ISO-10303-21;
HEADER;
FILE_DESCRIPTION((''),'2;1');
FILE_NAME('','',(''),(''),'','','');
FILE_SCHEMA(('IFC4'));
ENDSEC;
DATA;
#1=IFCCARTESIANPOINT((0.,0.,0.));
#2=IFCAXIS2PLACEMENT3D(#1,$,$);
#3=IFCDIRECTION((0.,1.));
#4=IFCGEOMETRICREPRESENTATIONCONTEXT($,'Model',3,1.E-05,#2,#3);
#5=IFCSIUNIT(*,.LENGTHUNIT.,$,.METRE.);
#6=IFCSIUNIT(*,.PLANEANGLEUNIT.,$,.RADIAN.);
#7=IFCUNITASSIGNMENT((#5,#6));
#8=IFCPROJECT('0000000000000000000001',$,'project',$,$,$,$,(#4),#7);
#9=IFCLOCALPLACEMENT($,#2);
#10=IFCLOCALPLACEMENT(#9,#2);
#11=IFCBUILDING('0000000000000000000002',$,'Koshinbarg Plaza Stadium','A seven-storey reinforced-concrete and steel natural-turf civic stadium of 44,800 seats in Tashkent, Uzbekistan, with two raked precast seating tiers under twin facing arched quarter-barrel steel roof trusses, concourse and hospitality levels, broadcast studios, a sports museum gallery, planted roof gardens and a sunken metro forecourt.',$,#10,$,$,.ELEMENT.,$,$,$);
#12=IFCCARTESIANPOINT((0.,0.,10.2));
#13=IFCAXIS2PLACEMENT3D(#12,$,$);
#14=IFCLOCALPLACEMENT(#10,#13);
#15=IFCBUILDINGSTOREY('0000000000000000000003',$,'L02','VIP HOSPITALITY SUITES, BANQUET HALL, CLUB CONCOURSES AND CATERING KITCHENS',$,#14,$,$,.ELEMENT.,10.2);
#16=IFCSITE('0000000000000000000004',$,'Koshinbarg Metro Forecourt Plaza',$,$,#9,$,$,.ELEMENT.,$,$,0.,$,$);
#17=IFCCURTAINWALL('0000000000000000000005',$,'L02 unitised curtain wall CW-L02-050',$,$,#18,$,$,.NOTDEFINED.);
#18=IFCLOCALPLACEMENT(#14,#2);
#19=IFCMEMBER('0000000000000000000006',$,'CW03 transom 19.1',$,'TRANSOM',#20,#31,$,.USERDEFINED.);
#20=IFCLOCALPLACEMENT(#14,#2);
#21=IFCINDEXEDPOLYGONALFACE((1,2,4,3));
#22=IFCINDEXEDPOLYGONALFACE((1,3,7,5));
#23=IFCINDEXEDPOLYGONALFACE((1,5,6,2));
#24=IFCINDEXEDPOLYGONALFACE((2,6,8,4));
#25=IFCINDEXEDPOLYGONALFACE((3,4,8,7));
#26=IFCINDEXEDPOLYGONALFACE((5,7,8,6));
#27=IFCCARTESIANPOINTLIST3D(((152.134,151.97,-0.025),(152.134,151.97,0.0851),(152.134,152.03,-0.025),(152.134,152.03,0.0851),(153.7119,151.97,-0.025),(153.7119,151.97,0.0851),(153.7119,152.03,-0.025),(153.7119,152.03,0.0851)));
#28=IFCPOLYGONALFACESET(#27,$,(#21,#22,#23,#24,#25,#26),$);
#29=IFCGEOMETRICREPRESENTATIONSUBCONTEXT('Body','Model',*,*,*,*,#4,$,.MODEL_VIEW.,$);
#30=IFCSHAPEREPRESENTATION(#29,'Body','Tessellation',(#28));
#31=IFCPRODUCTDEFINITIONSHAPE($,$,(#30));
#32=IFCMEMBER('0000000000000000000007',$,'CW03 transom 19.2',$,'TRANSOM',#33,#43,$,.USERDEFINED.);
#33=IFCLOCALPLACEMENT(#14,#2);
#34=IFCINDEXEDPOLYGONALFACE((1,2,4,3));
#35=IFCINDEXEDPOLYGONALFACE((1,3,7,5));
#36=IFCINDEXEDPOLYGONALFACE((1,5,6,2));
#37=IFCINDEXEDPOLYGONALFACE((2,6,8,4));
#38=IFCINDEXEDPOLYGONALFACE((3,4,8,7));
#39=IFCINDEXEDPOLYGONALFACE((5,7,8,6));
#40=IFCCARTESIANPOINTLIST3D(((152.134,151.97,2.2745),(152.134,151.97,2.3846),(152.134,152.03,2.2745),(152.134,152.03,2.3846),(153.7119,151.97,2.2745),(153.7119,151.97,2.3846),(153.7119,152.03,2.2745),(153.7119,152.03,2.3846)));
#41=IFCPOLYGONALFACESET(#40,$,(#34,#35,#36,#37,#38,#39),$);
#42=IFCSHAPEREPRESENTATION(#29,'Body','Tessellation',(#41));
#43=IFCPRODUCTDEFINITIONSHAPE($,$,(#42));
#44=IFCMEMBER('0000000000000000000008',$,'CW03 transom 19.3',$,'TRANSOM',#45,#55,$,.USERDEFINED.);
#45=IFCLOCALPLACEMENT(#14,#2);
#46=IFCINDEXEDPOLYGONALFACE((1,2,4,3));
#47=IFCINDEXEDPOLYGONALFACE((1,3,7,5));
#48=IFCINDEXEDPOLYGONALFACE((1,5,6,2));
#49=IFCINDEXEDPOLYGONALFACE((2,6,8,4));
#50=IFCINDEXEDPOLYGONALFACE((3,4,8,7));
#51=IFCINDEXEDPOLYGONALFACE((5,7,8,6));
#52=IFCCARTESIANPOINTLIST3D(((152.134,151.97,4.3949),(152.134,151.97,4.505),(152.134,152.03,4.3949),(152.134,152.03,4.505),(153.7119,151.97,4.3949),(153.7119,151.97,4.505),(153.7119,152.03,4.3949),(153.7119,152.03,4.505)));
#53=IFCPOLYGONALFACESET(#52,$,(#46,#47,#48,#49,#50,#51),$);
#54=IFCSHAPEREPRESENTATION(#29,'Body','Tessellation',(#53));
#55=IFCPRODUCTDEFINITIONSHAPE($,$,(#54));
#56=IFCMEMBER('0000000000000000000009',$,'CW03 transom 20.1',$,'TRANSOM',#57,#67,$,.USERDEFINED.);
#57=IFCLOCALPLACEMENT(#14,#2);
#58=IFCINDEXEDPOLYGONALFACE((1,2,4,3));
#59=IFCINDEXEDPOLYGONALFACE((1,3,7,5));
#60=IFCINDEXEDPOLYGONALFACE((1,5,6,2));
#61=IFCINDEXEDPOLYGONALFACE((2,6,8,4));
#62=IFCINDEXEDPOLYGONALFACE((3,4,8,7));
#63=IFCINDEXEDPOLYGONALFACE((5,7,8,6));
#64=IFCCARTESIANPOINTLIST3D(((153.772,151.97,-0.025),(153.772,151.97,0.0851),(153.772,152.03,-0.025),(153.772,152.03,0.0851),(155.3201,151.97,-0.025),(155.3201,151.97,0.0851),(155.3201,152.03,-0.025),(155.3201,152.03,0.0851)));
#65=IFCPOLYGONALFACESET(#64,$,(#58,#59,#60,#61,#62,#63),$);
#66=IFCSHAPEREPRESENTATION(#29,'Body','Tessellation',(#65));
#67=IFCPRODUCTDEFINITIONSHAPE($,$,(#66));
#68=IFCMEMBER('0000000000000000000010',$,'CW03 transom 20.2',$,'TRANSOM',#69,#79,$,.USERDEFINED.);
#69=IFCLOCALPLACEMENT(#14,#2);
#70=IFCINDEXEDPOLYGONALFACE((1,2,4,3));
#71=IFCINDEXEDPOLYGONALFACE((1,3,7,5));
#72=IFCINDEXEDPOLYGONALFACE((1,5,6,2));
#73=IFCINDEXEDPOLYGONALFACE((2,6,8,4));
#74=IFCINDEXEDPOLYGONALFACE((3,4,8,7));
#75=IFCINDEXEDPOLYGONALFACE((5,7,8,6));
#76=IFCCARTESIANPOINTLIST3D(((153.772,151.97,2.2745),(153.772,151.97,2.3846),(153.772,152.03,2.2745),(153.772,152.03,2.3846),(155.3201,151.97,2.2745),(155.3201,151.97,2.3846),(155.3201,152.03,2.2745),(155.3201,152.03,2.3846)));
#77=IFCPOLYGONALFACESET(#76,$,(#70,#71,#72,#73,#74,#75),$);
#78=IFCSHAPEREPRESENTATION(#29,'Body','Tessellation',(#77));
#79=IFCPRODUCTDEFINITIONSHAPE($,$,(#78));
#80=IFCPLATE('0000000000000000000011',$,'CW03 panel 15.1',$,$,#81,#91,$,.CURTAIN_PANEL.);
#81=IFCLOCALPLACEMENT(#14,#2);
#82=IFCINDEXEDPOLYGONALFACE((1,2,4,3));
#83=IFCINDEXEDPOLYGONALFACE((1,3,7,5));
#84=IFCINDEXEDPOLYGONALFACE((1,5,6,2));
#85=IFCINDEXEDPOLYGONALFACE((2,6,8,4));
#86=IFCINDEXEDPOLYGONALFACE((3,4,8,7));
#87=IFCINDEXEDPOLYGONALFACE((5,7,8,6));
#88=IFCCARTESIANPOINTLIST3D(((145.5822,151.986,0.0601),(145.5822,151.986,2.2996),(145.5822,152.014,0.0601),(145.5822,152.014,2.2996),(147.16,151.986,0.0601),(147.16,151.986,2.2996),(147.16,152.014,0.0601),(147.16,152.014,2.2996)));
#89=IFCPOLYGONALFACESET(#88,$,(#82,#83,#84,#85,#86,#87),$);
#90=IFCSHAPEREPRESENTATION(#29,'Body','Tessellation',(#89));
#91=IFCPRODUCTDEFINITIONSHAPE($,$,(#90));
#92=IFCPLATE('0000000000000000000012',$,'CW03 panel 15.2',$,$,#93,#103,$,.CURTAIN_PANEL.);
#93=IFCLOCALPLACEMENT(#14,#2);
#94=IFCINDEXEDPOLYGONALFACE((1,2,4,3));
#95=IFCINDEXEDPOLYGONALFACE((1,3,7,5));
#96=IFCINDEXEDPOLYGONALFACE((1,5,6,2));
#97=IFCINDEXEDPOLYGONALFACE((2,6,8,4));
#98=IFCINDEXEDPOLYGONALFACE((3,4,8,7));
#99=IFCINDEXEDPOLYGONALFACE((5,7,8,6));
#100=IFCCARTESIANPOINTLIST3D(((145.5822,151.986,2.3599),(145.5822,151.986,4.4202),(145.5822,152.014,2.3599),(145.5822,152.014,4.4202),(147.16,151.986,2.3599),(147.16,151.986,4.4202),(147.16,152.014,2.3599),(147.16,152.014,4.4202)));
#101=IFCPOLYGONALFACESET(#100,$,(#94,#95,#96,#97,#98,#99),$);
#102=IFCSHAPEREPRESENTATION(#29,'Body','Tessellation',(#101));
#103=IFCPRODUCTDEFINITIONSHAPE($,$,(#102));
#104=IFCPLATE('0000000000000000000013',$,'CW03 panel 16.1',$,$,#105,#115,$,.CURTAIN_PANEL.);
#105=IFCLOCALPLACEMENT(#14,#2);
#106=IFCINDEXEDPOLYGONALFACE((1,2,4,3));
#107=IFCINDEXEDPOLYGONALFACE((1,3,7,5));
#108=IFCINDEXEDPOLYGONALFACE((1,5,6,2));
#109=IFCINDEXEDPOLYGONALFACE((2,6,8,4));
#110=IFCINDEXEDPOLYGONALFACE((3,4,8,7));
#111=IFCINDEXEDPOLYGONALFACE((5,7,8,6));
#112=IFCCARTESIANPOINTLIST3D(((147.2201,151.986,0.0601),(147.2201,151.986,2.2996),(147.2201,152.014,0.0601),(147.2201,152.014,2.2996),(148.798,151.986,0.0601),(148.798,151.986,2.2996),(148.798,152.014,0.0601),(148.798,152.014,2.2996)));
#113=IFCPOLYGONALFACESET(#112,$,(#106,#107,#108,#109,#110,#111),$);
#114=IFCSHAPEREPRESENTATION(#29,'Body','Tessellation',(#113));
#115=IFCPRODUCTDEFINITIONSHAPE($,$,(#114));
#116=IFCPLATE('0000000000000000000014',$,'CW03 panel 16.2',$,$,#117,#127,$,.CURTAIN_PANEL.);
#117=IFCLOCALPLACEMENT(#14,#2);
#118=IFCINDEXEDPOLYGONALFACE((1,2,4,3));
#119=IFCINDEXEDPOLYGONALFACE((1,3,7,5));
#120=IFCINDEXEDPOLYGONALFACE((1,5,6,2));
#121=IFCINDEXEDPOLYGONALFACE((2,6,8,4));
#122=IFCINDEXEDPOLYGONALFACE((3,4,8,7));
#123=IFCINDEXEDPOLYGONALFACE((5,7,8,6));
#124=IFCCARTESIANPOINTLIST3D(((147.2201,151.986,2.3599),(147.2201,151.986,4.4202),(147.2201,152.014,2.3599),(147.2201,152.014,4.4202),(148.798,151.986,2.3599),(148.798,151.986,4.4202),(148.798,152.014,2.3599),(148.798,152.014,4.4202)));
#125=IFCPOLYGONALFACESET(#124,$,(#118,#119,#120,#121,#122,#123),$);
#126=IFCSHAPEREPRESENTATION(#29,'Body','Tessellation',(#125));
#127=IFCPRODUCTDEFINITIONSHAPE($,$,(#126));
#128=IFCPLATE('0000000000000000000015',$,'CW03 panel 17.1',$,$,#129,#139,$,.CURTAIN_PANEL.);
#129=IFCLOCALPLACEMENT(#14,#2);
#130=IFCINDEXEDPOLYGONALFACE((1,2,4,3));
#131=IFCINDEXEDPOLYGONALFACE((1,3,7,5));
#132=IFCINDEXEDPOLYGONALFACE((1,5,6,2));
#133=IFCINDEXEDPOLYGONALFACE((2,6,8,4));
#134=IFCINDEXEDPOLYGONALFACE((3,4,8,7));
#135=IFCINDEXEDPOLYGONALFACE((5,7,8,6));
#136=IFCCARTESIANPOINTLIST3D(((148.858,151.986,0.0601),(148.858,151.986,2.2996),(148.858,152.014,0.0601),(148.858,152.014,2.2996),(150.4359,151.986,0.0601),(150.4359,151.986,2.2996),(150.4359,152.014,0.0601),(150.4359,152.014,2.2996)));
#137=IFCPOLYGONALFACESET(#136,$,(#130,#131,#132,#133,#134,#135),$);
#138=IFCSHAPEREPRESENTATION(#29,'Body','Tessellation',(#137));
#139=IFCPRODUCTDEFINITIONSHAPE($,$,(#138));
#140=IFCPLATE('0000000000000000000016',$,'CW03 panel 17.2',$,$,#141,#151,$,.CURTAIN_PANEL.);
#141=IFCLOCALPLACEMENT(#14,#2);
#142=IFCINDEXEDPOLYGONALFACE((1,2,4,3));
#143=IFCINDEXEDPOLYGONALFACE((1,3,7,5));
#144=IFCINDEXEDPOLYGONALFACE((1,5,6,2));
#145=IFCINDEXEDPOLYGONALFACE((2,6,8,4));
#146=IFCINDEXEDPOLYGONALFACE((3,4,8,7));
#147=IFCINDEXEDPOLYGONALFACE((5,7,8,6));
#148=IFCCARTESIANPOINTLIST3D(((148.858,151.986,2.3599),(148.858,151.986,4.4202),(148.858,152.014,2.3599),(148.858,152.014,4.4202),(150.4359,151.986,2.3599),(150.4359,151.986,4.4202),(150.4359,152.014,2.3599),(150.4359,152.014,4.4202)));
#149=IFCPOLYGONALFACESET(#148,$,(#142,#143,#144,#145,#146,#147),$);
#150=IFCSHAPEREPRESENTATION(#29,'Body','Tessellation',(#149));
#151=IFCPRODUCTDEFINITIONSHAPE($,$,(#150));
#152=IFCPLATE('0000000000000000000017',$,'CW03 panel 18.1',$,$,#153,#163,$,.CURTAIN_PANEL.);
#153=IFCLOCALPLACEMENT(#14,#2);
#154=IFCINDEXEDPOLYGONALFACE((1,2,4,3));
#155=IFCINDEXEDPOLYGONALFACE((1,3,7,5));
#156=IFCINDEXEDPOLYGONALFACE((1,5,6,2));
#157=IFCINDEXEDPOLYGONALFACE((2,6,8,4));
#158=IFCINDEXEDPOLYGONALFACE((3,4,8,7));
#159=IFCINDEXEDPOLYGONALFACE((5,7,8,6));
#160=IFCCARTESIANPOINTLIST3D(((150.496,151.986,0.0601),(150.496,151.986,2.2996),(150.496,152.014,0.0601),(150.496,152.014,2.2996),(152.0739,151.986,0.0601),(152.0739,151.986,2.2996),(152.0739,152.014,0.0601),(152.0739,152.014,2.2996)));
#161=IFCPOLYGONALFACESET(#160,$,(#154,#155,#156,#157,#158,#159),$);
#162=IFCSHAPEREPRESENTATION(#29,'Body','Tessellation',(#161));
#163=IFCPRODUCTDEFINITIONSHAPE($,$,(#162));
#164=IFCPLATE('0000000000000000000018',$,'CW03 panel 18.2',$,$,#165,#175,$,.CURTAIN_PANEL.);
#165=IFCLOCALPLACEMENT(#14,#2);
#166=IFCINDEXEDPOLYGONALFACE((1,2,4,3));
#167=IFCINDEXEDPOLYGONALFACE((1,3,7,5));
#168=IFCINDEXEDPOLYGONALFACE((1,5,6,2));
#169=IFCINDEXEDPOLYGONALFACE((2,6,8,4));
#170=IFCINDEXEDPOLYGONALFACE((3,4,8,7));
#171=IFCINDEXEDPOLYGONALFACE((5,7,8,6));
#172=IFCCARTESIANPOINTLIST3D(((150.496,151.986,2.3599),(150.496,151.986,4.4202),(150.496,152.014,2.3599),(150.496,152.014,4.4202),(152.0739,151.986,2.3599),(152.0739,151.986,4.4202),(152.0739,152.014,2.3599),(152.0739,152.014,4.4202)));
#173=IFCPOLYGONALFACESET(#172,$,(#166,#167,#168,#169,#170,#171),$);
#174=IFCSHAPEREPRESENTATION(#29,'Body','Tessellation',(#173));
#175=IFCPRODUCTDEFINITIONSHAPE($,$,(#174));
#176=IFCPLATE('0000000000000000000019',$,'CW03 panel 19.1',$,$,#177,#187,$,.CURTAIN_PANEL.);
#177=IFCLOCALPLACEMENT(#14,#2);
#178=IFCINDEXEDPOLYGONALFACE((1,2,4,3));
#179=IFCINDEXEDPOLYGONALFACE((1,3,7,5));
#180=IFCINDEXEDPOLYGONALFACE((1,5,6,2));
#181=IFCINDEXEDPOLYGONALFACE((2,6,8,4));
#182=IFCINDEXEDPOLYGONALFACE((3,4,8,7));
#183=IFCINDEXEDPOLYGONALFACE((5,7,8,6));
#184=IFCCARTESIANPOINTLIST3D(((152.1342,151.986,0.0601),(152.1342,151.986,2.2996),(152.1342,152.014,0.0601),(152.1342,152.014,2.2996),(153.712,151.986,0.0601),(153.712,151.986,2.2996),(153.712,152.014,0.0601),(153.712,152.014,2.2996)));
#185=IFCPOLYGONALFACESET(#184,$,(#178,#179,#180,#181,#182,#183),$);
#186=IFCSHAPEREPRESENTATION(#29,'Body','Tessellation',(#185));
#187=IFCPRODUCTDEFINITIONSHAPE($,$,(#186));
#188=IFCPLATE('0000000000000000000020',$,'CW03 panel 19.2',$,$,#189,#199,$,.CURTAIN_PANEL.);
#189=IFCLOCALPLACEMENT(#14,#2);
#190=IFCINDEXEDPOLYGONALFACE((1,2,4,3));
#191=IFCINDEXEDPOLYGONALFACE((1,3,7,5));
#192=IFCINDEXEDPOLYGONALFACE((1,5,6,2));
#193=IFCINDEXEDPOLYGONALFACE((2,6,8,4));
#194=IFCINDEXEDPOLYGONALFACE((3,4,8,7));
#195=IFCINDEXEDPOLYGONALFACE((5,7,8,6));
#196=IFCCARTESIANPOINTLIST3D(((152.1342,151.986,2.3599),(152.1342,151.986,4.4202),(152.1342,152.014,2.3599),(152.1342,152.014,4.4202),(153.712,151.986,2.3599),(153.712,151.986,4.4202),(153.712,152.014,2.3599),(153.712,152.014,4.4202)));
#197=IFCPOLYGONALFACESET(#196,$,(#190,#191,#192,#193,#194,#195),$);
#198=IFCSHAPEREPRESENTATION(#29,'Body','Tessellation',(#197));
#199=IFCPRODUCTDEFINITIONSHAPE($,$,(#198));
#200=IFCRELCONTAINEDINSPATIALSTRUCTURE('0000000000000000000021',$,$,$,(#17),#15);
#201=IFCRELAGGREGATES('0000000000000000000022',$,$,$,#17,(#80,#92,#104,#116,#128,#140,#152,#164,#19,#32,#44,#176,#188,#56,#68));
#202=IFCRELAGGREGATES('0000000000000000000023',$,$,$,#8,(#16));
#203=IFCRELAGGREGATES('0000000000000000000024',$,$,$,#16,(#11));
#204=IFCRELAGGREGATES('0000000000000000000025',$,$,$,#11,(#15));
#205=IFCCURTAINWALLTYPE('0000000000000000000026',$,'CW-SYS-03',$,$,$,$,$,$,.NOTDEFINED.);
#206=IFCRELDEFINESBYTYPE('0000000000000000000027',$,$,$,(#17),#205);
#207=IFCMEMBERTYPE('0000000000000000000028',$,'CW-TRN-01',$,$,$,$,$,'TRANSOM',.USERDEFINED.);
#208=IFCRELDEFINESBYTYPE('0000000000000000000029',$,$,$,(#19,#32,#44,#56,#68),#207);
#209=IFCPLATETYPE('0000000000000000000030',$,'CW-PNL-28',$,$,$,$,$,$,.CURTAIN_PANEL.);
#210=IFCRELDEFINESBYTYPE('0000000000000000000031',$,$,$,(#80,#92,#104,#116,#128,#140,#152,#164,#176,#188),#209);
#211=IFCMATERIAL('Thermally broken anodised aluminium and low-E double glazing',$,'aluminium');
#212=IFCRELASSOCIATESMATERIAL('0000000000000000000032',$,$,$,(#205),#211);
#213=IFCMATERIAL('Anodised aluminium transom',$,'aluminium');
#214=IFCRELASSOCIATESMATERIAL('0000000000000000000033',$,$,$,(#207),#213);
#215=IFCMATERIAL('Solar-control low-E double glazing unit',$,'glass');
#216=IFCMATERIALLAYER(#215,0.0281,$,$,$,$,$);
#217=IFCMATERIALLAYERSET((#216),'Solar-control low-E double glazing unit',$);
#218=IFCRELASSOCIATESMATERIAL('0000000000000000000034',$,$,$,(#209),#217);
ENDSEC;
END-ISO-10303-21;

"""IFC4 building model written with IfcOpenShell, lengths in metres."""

from ifc_helpers import new_model, si_unit, direction, frame, origin, origin_2d, place, context, subcontext, project, spatial, rectangle, extrude, material, layer, layer_set, material_profile, profile_set, type_object, element, aggregate, save


model = new_model("IFC4")

# Units and contexts
model_context = context("Model", 3, precision=1e-05, world=origin(), true_north=direction((0.0, 1.0)))
body_context = subcontext(model_context, "Body", "Model", "MODEL_VIEW")
ifc_project = project(units=[si_unit("LENGTHUNIT", "METRE"), si_unit("PLANEANGLEUNIT", "RADIAN")], contexts=[model_context])

# Site, building, storey
site_placement = place(None, origin())
site = spatial("IfcSite", under=ifc_project, at=site_placement, Name="Koshinbarg Metro Forecourt Plaza", CompositionType="ELEMENT", RefElevation=0.0)
building_placement = place(site_placement, origin())
building = spatial("IfcBuilding", under=site, at=building_placement, Name="Koshinbarg Plaza Stadium", Description="A seven-storey reinforced-concrete and steel natural-turf civic stadium of 44,800 seats in Tashkent, Uzbekistan, with two raked precast seating tiers under twin facing arched quarter-barrel steel roof trusses, concourse and hospitality levels, broadcast studios, a sports museum gallery, planted roof gardens and a sunken metro forecourt.", CompositionType="ELEMENT")
storey_placement = place(building_placement, frame((0.0, 0.0, 10.2)))
storey = spatial("IfcBuildingStorey", under=building, at=storey_placement, Name="L02", Description="VIP HOSPITALITY SUITES, BANQUET HALL, CLUB CONCOURSES AND CATERING KITCHENS", CompositionType="ELEMENT", Elevation=10.2)

# Curtain wall, members, plates
ifc_material_1 = material(Name="Thermally broken anodised aluminium and low-E double glazing", Category="aluminium")
curtain_wall_type = type_object("IfcCurtainWallType", Name="CW-SYS-03", PredefinedType="NOTDEFINED", material=ifc_material_1)
curtain_wall_placement = place(storey_placement, origin())
curtain_wall = element("IfcCurtainWall", 1, at=curtain_wall_placement, inside=storey, type_object=curtain_wall_type, Name="L02 unitised curtain wall CW-L02-050", PredefinedType="NOTDEFINED")
ifc_material_2 = material(Name="Anodised aluminium transom", Category="aluminium")
ifc_material_profile_1 = material_profile(ifc_material_2, rectangle(XDim=0.0601, YDim=0.1101, at=origin_2d()), Name="ALU 60x110")
ifc_profile_set_1 = profile_set([ifc_material_profile_1], Name="Anodised aluminium transom")
member_type_1 = type_object("IfcMemberType", Name="CW-TRN-01", ElementType="TRANSOM", PredefinedType="USERDEFINED", material=ifc_profile_set_1)
member_1_placement = place(storey_placement, frame((152.134, 152.0, 0.03), z_axis=(1.0, 0.0, 0.0), x_axis=(0.0, 1.0, 0.0)))
member_1 = element("IfcMember", 2, at=member_1_placement, type_object=member_type_1, Name="CW03 transom 19.1", ObjectType="TRANSOM", PredefinedType="USERDEFINED", context=body_context, shape_type="SweptSolid", body=[
    extrude(rectangle(XDim=0.0601, YDim=0.1101, at=origin_2d()), origin(), (0.0, 0.0, 1.0), 1.5779),
])
member_2_placement = place(storey_placement, frame((152.134, 152.0, 2.3296), z_axis=(1.0, 0.0, 0.0), x_axis=(0.0, 1.0, 0.0)))
member_2 = element("IfcMember", 3, at=member_2_placement, type_object=member_type_1, Name="CW03 transom 19.2", ObjectType="TRANSOM", PredefinedType="USERDEFINED", context=body_context, shape_type="SweptSolid", body=[
    extrude(rectangle(XDim=0.0601, YDim=0.1101, at=origin_2d()), origin(), (0.0, 0.0, 1.0), 1.5779),
])
member_3_placement = place(storey_placement, frame((152.134, 152.0, 4.45), z_axis=(1.0, 0.0, 0.0), x_axis=(0.0, 1.0, 0.0)))
member_3 = element("IfcMember", 4, at=member_3_placement, type_object=member_type_1, Name="CW03 transom 19.3", ObjectType="TRANSOM", PredefinedType="USERDEFINED", context=body_context, shape_type="SweptSolid", body=[
    extrude(rectangle(XDim=0.0601, YDim=0.1101, at=origin_2d()), origin(), (0.0, 0.0, 1.0), 1.5779),
])
member_4_placement = place(storey_placement, frame((153.772, 152.0, 0.03), z_axis=(1.0, 0.0, 0.0), x_axis=(0.0, 1.0, 0.0)))
member_4 = element("IfcMember", 5, at=member_4_placement, type_object=member_type_1, Name="CW03 transom 20.1", ObjectType="TRANSOM", PredefinedType="USERDEFINED", context=body_context, shape_type="SweptSolid", body=[
    extrude(rectangle(XDim=0.0601, YDim=0.1101, at=origin_2d()), origin(), (0.0, 0.0, 1.0), 1.5481),
])
member_5_placement = place(storey_placement, frame((153.772, 152.0, 2.3296), z_axis=(1.0, 0.0, 0.0), x_axis=(0.0, 1.0, 0.0)))
member_5 = element("IfcMember", 6, at=member_5_placement, type_object=member_type_1, Name="CW03 transom 20.2", ObjectType="TRANSOM", PredefinedType="USERDEFINED", context=body_context, shape_type="SweptSolid", body=[
    extrude(rectangle(XDim=0.0601, YDim=0.1101, at=origin_2d()), origin(), (0.0, 0.0, 1.0), 1.5481),
])
ifc_material_3 = material(Name="Solar-control low-E double glazing unit", Category="glass")
ifc_layer = layer(ifc_material_3, 0.0281)
ifc_layer_set = layer_set([ifc_layer], Name="Solar-control low-E double glazing unit")
plate_type = type_object("IfcPlateType", Name="CW-PNL-28", PredefinedType="CURTAIN_PANEL", material=ifc_layer_set)
plate_1_placement = place(storey_placement, frame((146.3711, 152.0, 0.0601), z_axis=(0.0, 0.0, 1.0), x_axis=(1.0, 0.0, 0.0)))
plate_1 = element("IfcPlate", 7, at=plate_1_placement, type_object=plate_type, Name="CW03 panel 15.1", PredefinedType="CURTAIN_PANEL", context=body_context, shape_type="SweptSolid", body=[
    extrude(rectangle(XDim=1.5779, YDim=0.0281, at=origin_2d()), origin(), (0.0, 0.0, 1.0), 2.2395),
])
plate_2_placement = place(storey_placement, frame((146.3711, 152.0, 2.3599), z_axis=(0.0, 0.0, 1.0), x_axis=(1.0, 0.0, 0.0)))
plate_2 = element("IfcPlate", 8, at=plate_2_placement, type_object=plate_type, Name="CW03 panel 15.2", PredefinedType="CURTAIN_PANEL", context=body_context, shape_type="SweptSolid", body=[
    extrude(rectangle(XDim=1.5779, YDim=0.0281, at=origin_2d()), origin(), (0.0, 0.0, 1.0), 2.0603),
])
plate_3_placement = place(storey_placement, frame((148.009, 152.0, 0.0601), z_axis=(0.0, 0.0, 1.0), x_axis=(1.0, 0.0, 0.0)))
plate_3 = element("IfcPlate", 9, at=plate_3_placement, type_object=plate_type, Name="CW03 panel 16.1", PredefinedType="CURTAIN_PANEL", context=body_context, shape_type="SweptSolid", body=[
    extrude(rectangle(XDim=1.5779, YDim=0.0281, at=origin_2d()), origin(), (0.0, 0.0, 1.0), 2.2395),
])
plate_4_placement = place(storey_placement, frame((148.009, 152.0, 2.3599), z_axis=(0.0, 0.0, 1.0), x_axis=(1.0, 0.0, 0.0)))
plate_4 = element("IfcPlate", 10, at=plate_4_placement, type_object=plate_type, Name="CW03 panel 16.2", PredefinedType="CURTAIN_PANEL", context=body_context, shape_type="SweptSolid", body=[
    extrude(rectangle(XDim=1.5779, YDim=0.0281, at=origin_2d()), origin(), (0.0, 0.0, 1.0), 2.0603),
])
plate_5_placement = place(storey_placement, frame((149.647, 152.0, 0.0601), z_axis=(0.0, 0.0, 1.0), x_axis=(1.0, 0.0, 0.0)))
plate_5 = element("IfcPlate", 11, at=plate_5_placement, type_object=plate_type, Name="CW03 panel 17.1", PredefinedType="CURTAIN_PANEL", context=body_context, shape_type="SweptSolid", body=[
    extrude(rectangle(XDim=1.5779, YDim=0.0281, at=origin_2d()), origin(), (0.0, 0.0, 1.0), 2.2395),
])
plate_6_placement = place(storey_placement, frame((149.647, 152.0, 2.3599), z_axis=(0.0, 0.0, 1.0), x_axis=(1.0, 0.0, 0.0)))
plate_6 = element("IfcPlate", 12, at=plate_6_placement, type_object=plate_type, Name="CW03 panel 17.2", PredefinedType="CURTAIN_PANEL", context=body_context, shape_type="SweptSolid", body=[
    extrude(rectangle(XDim=1.5779, YDim=0.0281, at=origin_2d()), origin(), (0.0, 0.0, 1.0), 2.0603),
])
plate_7_placement = place(storey_placement, frame((151.2849, 152.0, 0.0601), z_axis=(0.0, 0.0, 1.0), x_axis=(1.0, 0.0, 0.0)))
plate_7 = element("IfcPlate", 13, at=plate_7_placement, type_object=plate_type, Name="CW03 panel 18.1", PredefinedType="CURTAIN_PANEL", context=body_context, shape_type="SweptSolid", body=[
    extrude(rectangle(XDim=1.5779, YDim=0.0281, at=origin_2d()), origin(), (0.0, 0.0, 1.0), 2.2395),
])
plate_8_placement = place(storey_placement, frame((151.2849, 152.0, 2.3599), z_axis=(0.0, 0.0, 1.0), x_axis=(1.0, 0.0, 0.0)))
plate_8 = element("IfcPlate", 14, at=plate_8_placement, type_object=plate_type, Name="CW03 panel 18.2", PredefinedType="CURTAIN_PANEL", context=body_context, shape_type="SweptSolid", body=[
    extrude(rectangle(XDim=1.5779, YDim=0.0281, at=origin_2d()), origin(), (0.0, 0.0, 1.0), 2.0603),
])
plate_9_placement = place(storey_placement, frame((152.9231, 152.0, 0.0601), z_axis=(0.0, 0.0, 1.0), x_axis=(1.0, 0.0, 0.0)))
plate_9 = element("IfcPlate", 15, at=plate_9_placement, type_object=plate_type, Name="CW03 panel 19.1", PredefinedType="CURTAIN_PANEL", context=body_context, shape_type="SweptSolid", body=[
    extrude(rectangle(XDim=1.5779, YDim=0.0281, at=origin_2d()), origin(), (0.0, 0.0, 1.0), 2.2395),
])
plate_10_placement = place(storey_placement, frame((152.9231, 152.0, 2.3599), z_axis=(0.0, 0.0, 1.0), x_axis=(1.0, 0.0, 0.0)))
plate_10 = element("IfcPlate", 16, at=plate_10_placement, type_object=plate_type, Name="CW03 panel 19.2", PredefinedType="CURTAIN_PANEL", context=body_context, shape_type="SweptSolid", body=[
    extrude(rectangle(XDim=1.5779, YDim=0.0281, at=origin_2d()), origin(), (0.0, 0.0, 1.0), 2.0603),
])
aggregate(curtain_wall, [plate_1, plate_2, plate_3, plate_4, plate_5, plate_6, plate_7, plate_8, member_1, member_2, member_3, plate_9, plate_10, member_4, member_5])

save(model, "model.ifc")
